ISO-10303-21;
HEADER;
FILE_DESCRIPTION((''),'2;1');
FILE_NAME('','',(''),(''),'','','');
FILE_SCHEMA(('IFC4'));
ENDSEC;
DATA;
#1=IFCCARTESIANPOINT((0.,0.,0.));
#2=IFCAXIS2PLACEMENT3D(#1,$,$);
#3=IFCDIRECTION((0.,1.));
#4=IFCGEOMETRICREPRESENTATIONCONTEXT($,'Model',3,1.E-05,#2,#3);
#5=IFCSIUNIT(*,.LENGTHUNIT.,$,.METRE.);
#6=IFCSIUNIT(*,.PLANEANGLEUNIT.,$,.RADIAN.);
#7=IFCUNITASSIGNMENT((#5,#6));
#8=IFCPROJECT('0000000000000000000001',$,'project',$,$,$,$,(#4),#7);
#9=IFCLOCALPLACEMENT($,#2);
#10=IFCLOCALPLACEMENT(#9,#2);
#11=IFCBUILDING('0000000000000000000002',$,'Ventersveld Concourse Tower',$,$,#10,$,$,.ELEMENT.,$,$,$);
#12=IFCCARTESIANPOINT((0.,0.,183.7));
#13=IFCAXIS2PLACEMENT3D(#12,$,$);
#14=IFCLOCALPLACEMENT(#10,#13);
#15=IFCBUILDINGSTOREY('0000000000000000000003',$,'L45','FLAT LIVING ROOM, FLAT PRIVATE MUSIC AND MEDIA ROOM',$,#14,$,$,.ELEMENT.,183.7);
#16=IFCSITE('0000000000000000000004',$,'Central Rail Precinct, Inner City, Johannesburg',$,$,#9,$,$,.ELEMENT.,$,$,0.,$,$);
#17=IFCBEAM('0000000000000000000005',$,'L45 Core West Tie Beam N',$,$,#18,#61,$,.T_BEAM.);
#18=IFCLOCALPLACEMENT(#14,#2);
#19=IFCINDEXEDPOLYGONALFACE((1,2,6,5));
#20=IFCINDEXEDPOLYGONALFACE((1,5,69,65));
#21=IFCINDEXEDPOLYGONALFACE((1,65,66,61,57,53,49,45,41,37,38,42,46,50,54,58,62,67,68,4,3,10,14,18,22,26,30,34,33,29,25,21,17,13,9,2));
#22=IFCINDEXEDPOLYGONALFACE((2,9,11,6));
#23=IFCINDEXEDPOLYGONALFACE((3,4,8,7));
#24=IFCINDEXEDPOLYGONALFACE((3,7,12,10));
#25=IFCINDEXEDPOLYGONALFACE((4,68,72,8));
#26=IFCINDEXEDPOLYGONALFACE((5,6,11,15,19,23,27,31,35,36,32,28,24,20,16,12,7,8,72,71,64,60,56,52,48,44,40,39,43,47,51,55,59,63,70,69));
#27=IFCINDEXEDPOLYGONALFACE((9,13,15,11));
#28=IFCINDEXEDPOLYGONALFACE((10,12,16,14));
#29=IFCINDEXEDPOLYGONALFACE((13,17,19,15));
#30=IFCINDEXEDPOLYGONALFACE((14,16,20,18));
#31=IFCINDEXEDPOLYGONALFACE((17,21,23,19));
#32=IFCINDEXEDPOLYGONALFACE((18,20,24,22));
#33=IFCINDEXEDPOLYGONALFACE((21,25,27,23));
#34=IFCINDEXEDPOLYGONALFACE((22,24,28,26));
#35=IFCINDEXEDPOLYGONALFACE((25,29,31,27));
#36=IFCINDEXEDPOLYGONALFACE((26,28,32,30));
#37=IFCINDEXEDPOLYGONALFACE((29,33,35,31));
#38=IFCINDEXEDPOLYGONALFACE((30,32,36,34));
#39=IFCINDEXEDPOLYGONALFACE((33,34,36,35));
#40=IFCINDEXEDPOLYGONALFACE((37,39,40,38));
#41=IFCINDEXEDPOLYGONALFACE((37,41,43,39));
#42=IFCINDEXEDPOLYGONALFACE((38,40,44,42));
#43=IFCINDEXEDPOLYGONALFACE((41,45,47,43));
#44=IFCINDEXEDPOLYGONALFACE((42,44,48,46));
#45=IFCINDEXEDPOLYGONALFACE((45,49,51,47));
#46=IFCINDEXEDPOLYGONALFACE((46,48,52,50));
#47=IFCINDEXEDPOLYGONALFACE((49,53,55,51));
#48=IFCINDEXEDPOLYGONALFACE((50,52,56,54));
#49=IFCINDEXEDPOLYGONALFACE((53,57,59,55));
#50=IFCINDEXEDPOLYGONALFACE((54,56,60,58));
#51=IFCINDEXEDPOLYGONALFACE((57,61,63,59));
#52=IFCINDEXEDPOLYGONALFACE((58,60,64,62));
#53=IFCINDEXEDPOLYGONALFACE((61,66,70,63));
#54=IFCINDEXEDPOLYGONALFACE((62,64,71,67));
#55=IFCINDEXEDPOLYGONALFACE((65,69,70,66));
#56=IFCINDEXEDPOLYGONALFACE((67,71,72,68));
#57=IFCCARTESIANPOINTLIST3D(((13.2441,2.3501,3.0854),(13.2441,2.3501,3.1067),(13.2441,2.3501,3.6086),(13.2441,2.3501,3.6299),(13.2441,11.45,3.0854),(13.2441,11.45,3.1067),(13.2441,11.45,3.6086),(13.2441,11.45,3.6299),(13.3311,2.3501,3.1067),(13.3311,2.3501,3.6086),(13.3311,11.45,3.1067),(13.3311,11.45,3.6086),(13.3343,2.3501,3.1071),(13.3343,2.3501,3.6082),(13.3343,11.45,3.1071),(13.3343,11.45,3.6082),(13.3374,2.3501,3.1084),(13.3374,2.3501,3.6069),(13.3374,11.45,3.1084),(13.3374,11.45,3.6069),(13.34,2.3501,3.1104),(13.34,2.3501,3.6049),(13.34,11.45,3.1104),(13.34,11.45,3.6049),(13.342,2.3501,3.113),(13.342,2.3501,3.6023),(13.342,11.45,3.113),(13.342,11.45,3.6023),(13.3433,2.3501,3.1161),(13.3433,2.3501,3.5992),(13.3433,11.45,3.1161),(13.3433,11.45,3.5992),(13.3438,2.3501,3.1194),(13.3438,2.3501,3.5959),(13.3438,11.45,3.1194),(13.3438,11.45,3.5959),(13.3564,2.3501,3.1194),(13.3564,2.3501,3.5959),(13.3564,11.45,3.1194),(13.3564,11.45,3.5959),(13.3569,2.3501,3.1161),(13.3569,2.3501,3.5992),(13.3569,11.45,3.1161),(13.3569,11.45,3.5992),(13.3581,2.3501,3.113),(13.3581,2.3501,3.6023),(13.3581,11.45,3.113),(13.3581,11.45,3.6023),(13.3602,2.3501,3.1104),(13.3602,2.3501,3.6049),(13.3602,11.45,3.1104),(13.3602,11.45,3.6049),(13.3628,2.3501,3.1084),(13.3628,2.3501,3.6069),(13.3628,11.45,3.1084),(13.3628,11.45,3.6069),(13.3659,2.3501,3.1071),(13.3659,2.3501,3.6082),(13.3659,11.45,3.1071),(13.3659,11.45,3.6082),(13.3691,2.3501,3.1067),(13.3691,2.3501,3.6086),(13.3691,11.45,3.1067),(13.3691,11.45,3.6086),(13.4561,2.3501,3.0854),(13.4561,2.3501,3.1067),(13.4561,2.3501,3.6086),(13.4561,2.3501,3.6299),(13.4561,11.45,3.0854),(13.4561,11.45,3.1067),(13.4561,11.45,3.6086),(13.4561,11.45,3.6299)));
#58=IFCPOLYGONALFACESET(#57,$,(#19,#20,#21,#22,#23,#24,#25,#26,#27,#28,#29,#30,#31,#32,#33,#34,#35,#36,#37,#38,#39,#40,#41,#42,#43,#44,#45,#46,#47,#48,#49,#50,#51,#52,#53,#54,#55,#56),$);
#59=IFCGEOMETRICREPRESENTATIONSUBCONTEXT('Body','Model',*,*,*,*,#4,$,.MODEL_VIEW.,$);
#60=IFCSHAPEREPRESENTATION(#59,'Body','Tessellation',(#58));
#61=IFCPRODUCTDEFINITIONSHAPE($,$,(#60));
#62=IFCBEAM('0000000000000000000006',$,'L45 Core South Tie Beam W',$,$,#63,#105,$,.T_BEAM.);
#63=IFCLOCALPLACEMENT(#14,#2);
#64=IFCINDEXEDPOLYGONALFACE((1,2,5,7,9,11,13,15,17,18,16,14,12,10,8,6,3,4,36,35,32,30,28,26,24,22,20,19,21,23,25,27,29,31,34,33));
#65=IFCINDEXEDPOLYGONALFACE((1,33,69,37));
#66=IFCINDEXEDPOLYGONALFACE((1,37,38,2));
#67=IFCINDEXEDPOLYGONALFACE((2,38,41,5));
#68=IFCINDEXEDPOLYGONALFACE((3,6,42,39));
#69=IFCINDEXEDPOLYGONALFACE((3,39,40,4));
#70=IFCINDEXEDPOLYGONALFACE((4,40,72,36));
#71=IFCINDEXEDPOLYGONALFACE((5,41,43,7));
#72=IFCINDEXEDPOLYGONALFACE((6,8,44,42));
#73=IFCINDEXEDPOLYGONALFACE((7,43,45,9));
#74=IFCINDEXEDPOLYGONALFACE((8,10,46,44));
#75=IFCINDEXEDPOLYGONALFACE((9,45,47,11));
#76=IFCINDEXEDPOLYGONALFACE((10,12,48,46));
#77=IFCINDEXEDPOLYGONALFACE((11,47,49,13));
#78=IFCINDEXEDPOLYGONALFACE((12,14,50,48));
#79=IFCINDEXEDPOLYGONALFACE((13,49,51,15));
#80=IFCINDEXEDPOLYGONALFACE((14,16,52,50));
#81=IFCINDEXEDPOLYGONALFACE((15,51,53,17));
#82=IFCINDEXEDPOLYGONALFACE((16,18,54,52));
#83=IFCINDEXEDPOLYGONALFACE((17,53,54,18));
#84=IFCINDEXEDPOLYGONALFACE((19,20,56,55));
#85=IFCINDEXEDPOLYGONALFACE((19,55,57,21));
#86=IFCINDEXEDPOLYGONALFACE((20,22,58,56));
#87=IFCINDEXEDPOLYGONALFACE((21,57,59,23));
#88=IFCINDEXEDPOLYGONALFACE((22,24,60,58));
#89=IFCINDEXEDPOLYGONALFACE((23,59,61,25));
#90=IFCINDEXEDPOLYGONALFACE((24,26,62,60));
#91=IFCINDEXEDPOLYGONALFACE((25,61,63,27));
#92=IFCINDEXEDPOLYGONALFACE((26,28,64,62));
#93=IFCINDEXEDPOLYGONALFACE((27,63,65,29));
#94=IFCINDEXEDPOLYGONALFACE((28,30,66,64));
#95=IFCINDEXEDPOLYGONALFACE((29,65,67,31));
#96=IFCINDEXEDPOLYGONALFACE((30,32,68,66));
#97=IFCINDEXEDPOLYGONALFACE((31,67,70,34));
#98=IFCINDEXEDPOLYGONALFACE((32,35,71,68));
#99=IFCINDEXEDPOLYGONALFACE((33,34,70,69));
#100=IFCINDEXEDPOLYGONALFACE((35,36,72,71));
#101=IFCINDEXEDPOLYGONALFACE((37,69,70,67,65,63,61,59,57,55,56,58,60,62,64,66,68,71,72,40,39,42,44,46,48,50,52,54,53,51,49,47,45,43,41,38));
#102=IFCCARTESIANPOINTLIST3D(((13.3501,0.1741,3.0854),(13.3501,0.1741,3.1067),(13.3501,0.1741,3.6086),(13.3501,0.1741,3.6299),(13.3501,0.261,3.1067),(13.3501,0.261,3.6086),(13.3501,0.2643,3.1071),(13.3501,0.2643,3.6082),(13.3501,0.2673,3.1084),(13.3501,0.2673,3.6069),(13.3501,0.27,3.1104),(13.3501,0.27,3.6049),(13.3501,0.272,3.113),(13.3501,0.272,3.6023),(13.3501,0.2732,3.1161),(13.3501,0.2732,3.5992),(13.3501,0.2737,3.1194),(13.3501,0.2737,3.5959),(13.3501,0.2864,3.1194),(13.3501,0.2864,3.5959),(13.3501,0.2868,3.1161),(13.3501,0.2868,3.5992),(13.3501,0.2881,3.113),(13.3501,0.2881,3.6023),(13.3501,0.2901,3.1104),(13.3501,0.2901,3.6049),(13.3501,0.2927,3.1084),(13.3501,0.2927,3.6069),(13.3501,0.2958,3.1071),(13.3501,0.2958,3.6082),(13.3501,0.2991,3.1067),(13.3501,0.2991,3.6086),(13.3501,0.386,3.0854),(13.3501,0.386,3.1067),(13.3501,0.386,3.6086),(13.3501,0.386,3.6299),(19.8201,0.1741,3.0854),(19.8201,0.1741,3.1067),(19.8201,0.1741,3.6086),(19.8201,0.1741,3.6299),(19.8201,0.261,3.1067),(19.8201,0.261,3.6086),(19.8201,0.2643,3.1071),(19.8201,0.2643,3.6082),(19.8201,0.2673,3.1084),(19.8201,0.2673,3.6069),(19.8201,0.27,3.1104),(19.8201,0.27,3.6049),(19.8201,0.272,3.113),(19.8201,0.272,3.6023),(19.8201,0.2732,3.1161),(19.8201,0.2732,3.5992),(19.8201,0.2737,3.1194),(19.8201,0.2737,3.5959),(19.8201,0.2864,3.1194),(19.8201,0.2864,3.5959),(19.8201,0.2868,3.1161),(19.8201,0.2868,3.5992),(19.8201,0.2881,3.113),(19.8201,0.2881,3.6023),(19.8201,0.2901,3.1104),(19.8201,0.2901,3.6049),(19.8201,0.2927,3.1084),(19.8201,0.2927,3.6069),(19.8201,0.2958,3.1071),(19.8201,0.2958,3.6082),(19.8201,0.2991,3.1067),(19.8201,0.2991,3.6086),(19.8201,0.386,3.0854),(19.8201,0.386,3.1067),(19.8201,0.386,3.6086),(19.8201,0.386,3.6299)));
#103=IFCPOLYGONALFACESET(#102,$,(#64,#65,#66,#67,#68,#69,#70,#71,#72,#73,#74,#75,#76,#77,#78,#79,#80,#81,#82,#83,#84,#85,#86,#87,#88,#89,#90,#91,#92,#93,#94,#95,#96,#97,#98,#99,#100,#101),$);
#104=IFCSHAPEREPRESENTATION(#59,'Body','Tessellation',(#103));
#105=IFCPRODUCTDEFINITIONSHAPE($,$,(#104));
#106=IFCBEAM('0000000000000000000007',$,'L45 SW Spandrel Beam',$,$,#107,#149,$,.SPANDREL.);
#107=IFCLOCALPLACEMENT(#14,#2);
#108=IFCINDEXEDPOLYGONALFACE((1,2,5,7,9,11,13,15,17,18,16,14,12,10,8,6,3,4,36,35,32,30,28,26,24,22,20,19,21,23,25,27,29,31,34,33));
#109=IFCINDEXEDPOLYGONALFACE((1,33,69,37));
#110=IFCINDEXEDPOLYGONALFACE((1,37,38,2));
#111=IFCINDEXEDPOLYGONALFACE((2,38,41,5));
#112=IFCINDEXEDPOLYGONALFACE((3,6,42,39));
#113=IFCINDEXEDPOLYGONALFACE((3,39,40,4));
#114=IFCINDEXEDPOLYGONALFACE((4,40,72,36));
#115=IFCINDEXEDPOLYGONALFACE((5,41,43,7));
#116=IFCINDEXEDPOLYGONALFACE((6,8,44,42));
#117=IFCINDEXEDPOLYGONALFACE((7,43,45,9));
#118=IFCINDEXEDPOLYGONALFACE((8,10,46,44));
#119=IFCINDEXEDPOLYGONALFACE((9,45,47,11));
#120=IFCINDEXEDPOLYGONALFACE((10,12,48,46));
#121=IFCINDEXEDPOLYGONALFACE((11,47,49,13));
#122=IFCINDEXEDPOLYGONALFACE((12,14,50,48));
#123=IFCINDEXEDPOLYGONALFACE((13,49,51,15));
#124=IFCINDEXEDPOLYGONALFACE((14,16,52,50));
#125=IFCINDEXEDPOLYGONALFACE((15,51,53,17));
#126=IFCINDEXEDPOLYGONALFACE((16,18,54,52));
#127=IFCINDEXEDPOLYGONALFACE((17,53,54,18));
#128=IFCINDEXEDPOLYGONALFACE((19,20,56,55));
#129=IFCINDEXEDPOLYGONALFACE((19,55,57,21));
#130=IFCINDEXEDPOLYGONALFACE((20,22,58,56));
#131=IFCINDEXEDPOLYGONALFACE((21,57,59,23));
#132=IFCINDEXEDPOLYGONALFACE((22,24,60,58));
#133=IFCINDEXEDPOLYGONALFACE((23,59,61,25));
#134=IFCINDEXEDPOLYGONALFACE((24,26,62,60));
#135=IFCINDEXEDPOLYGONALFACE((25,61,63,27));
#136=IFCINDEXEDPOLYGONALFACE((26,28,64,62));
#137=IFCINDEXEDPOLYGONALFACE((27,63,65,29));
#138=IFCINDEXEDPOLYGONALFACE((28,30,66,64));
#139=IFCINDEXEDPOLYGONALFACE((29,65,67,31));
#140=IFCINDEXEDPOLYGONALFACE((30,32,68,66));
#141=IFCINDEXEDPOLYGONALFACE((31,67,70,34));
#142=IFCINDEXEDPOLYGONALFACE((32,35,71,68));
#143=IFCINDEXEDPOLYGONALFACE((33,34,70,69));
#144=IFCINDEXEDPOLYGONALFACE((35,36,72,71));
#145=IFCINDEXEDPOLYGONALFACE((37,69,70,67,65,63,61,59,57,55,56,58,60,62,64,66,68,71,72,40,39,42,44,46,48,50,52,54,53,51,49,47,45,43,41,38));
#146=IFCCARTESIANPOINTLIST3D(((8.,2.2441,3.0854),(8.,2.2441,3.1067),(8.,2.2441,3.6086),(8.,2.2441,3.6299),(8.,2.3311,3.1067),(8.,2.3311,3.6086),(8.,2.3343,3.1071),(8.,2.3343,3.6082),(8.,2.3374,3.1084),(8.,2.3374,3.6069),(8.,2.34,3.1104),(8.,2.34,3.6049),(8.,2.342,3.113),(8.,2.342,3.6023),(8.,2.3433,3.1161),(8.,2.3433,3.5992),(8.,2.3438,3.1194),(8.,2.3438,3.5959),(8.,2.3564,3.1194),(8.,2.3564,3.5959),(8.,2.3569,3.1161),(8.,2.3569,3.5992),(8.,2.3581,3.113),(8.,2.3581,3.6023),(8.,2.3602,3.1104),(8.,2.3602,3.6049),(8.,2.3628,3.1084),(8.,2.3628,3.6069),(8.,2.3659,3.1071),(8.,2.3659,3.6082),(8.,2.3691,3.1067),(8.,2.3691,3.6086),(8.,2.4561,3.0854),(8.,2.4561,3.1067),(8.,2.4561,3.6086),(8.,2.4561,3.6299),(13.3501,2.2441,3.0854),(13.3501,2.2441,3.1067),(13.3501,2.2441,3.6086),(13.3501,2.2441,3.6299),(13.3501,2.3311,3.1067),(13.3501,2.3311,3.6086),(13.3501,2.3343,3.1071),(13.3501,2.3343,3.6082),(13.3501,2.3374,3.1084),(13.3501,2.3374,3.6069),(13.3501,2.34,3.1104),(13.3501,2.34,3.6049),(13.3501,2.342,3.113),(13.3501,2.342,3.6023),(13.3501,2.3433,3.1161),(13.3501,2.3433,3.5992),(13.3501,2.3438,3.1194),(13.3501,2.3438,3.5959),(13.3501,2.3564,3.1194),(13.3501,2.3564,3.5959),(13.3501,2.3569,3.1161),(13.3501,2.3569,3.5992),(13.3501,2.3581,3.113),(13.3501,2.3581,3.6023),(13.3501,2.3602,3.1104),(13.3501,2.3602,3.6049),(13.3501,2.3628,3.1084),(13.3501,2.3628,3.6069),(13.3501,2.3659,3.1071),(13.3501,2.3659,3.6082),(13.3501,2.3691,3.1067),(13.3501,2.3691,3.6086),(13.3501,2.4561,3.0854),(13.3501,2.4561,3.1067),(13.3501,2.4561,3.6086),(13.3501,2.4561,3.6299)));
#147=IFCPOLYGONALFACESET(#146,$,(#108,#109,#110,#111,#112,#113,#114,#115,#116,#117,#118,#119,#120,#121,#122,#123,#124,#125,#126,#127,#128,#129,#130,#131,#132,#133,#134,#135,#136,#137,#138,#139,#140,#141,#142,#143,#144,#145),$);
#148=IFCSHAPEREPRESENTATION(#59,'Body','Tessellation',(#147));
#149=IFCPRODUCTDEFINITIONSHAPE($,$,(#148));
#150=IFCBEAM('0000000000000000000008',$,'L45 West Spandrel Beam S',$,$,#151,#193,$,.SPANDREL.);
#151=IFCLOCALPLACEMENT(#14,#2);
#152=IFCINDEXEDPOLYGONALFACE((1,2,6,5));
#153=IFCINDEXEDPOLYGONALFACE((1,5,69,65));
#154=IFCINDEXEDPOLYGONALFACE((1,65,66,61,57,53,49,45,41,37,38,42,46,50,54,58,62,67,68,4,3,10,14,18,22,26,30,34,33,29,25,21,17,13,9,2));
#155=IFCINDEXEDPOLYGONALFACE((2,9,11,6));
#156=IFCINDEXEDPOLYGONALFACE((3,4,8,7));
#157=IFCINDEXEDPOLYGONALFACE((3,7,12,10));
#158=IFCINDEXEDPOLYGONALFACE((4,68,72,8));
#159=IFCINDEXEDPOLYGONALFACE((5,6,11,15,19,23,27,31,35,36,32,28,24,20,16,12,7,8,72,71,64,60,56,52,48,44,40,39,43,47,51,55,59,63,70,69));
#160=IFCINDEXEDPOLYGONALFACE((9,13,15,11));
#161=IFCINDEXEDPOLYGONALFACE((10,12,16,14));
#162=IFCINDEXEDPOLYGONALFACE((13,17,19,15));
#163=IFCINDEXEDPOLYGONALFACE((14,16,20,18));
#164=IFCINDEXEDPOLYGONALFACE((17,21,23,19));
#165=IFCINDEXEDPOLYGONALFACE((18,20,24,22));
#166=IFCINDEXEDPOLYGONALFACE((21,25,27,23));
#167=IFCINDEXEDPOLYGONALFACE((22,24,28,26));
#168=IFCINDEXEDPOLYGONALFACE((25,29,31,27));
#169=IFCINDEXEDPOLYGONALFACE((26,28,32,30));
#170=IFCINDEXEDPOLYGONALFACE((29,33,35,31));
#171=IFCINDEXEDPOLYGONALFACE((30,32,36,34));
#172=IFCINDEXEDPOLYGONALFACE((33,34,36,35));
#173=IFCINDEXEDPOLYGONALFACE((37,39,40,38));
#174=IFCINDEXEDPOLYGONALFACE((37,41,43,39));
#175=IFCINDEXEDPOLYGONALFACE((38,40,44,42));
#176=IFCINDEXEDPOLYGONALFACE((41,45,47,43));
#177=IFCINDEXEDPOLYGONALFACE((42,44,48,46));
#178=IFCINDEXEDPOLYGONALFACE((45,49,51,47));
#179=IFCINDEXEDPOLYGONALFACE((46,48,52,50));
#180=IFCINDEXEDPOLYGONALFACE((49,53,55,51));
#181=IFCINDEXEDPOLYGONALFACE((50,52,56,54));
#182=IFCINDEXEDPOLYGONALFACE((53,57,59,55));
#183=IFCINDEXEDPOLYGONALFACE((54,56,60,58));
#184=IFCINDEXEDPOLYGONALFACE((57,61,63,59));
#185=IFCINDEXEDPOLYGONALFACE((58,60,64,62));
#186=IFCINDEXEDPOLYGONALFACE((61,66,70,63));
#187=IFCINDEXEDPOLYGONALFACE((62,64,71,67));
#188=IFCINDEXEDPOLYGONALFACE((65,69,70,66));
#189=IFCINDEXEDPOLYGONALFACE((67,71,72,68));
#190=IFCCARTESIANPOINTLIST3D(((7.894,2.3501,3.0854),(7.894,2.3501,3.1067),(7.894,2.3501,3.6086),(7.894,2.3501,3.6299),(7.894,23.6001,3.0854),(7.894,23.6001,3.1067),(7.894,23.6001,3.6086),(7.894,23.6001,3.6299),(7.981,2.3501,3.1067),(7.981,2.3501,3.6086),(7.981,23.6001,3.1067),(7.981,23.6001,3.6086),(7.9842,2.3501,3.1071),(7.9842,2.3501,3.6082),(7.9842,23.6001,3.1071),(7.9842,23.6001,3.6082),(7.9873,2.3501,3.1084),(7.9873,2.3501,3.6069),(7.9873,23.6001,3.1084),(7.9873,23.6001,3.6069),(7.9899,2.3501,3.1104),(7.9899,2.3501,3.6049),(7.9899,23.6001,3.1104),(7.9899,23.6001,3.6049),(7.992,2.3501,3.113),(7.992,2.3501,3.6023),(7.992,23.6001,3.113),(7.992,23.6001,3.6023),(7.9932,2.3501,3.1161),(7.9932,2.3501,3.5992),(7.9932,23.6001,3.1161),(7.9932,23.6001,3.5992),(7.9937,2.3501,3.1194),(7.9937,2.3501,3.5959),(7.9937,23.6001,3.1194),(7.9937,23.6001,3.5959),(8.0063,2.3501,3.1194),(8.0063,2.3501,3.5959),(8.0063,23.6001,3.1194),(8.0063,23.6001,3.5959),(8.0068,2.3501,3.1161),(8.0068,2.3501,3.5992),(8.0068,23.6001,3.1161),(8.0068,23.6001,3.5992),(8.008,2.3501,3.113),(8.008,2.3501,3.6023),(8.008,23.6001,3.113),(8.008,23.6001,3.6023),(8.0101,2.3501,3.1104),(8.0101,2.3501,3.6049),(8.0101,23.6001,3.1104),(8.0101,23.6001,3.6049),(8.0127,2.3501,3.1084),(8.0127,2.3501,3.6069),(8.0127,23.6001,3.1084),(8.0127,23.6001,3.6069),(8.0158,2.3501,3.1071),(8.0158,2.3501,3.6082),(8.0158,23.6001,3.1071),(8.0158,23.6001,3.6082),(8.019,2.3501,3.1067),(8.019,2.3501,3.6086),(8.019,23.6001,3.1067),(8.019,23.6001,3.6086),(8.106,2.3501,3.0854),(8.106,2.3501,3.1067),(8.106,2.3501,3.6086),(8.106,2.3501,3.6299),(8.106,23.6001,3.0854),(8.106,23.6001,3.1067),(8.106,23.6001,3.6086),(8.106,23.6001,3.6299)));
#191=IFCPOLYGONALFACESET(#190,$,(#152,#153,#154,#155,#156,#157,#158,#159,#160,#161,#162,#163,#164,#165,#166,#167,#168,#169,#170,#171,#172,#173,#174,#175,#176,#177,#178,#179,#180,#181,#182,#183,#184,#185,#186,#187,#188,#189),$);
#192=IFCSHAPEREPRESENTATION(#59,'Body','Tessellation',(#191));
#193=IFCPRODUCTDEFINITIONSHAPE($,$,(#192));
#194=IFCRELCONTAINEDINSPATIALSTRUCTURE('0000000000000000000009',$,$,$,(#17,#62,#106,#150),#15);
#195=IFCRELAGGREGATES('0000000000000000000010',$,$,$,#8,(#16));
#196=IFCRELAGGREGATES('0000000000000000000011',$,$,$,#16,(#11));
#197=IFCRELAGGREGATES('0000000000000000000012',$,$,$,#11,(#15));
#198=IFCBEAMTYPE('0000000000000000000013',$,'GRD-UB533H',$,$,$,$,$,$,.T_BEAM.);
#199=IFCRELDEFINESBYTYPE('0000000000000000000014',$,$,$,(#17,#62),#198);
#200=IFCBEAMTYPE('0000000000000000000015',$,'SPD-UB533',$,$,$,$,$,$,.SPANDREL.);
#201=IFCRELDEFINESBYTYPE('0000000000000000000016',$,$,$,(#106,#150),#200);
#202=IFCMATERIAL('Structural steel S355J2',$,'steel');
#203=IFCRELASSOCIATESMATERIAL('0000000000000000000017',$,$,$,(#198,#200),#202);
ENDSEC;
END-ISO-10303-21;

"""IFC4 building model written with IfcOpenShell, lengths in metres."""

from ifc_helpers import new_model, si_unit, direction, frame, origin, origin_2d, place, context, subcontext, project, spatial, i_section, extrude, material, material_profile, profile_set, type_object, element, save


model = new_model("IFC4")

# Units and contexts
model_context = context("Model", 3, precision=1e-05, world=origin(), true_north=direction((0.0, 1.0)))
body_context = subcontext(model_context, "Body", "Model", "MODEL_VIEW")
ifc_project = project(units=[si_unit("LENGTHUNIT", "METRE"), si_unit("PLANEANGLEUNIT", "RADIAN")], contexts=[model_context])

# Site, building, storey
site_placement = place(None, origin())
site = spatial("IfcSite", under=ifc_project, at=site_placement, Name="Central Rail Precinct, Inner City, Johannesburg", CompositionType="ELEMENT", RefElevation=0.0)
building_placement = place(site_placement, origin())
building = spatial("IfcBuilding", under=site, at=building_placement, Name="Ventersveld Concourse Tower", CompositionType="ELEMENT")
storey_placement = place(building_placement, frame((0.0, 0.0, 183.7)))
storey = spatial("IfcBuildingStorey", under=building, at=storey_placement, Name="L45", Description="FLAT LIVING ROOM, FLAT PRIVATE MUSIC AND MEDIA ROOM", CompositionType="ELEMENT", Elevation=183.7)

# Beams
ifc_material_1 = material(Name="Structural steel S355J2", Category="steel")
ifc_material_profile_1 = material_profile(ifc_material_1, i_section(OverallWidth=0.2119, OverallDepth=0.5444, WebThickness=0.0127, FlangeThickness=0.0212, FilletRadius=0.0127, at=origin_2d()), Name="UB 533x210x122")
ifc_profile_set_1 = profile_set([ifc_material_profile_1], Name="Structural steel S355J2")
beam_type_1 = type_object("IfcBeamType", Name="GRD-UB533H", PredefinedType="T_BEAM", material=ifc_profile_set_1)
beam_1_placement = place(storey_placement, frame((13.3501, 2.3501, 3.3577), z_axis=(0.0, 1.0, 0.0), x_axis=(-1.0, 0.0, 0.0)))
element("IfcBeam", 1, at=beam_1_placement, inside=storey, type_object=beam_type_1, Name="L45 Core West Tie Beam N", PredefinedType="T_BEAM", context=body_context, shape_type="SweptSolid", body=[
    extrude(i_section(OverallWidth=0.2119, OverallDepth=0.5444, WebThickness=0.0127, FlangeThickness=0.0212, FilletRadius=0.0127, at=origin_2d()), origin(), (0.0, 0.0, 1.0), 9.0999),
])
beam_2_placement = place(storey_placement, frame((13.3501, 0.28, 3.3577), z_axis=(1.0, 0.0, 0.0), x_axis=(0.0, 1.0, 0.0)))
element("IfcBeam", 2, at=beam_2_placement, inside=storey, type_object=beam_type_1, Name="L45 Core South Tie Beam W", PredefinedType="T_BEAM", context=body_context, shape_type="SweptSolid", body=[
    extrude(i_section(OverallWidth=0.2119, OverallDepth=0.5444, WebThickness=0.0127, FlangeThickness=0.0212, FilletRadius=0.0127, at=origin_2d()), origin(), (0.0, 0.0, 1.0), 6.47),
])
ifc_material_profile_2 = material_profile(ifc_material_1, i_section(OverallWidth=0.2119, OverallDepth=0.5444, WebThickness=0.0127, FlangeThickness=0.0212, FilletRadius=0.0127, at=origin_2d()), Name="UB 533x210x122")
ifc_profile_set_2 = profile_set([ifc_material_profile_2], Name="Structural steel S355J2")
beam_type_2 = type_object("IfcBeamType", Name="SPD-UB533", PredefinedType="SPANDREL", material=ifc_profile_set_2)
beam_3_placement = place(storey_placement, frame((8.0, 2.3501, 3.3577), z_axis=(1.0, 0.0, 0.0), x_axis=(0.0, 1.0, 0.0)))
element("IfcBeam", 3, at=beam_3_placement, inside=storey, type_object=beam_type_2, Name="L45 SW Spandrel Beam", PredefinedType="SPANDREL", context=body_context, shape_type="SweptSolid", body=[
    extrude(i_section(OverallWidth=0.2119, OverallDepth=0.5444, WebThickness=0.0127, FlangeThickness=0.0212, FilletRadius=0.0127, at=origin_2d()), origin(), (0.0, 0.0, 1.0), 5.3501),
])
beam_4_placement = place(storey_placement, frame((8.0, 2.3501, 3.3577), z_axis=(0.0, 1.0, 0.0), x_axis=(-1.0, 0.0, 0.0)))
element("IfcBeam", 4, at=beam_4_placement, inside=storey, type_object=beam_type_2, Name="L45 West Spandrel Beam S", PredefinedType="SPANDREL", context=body_context, shape_type="SweptSolid", body=[
    extrude(i_section(OverallWidth=0.2119, OverallDepth=0.5444, WebThickness=0.0127, FlangeThickness=0.0212, FilletRadius=0.0127, at=origin_2d()), origin(), (0.0, 0.0, 1.0), 21.25),
])

save(model, "model.ifc")
